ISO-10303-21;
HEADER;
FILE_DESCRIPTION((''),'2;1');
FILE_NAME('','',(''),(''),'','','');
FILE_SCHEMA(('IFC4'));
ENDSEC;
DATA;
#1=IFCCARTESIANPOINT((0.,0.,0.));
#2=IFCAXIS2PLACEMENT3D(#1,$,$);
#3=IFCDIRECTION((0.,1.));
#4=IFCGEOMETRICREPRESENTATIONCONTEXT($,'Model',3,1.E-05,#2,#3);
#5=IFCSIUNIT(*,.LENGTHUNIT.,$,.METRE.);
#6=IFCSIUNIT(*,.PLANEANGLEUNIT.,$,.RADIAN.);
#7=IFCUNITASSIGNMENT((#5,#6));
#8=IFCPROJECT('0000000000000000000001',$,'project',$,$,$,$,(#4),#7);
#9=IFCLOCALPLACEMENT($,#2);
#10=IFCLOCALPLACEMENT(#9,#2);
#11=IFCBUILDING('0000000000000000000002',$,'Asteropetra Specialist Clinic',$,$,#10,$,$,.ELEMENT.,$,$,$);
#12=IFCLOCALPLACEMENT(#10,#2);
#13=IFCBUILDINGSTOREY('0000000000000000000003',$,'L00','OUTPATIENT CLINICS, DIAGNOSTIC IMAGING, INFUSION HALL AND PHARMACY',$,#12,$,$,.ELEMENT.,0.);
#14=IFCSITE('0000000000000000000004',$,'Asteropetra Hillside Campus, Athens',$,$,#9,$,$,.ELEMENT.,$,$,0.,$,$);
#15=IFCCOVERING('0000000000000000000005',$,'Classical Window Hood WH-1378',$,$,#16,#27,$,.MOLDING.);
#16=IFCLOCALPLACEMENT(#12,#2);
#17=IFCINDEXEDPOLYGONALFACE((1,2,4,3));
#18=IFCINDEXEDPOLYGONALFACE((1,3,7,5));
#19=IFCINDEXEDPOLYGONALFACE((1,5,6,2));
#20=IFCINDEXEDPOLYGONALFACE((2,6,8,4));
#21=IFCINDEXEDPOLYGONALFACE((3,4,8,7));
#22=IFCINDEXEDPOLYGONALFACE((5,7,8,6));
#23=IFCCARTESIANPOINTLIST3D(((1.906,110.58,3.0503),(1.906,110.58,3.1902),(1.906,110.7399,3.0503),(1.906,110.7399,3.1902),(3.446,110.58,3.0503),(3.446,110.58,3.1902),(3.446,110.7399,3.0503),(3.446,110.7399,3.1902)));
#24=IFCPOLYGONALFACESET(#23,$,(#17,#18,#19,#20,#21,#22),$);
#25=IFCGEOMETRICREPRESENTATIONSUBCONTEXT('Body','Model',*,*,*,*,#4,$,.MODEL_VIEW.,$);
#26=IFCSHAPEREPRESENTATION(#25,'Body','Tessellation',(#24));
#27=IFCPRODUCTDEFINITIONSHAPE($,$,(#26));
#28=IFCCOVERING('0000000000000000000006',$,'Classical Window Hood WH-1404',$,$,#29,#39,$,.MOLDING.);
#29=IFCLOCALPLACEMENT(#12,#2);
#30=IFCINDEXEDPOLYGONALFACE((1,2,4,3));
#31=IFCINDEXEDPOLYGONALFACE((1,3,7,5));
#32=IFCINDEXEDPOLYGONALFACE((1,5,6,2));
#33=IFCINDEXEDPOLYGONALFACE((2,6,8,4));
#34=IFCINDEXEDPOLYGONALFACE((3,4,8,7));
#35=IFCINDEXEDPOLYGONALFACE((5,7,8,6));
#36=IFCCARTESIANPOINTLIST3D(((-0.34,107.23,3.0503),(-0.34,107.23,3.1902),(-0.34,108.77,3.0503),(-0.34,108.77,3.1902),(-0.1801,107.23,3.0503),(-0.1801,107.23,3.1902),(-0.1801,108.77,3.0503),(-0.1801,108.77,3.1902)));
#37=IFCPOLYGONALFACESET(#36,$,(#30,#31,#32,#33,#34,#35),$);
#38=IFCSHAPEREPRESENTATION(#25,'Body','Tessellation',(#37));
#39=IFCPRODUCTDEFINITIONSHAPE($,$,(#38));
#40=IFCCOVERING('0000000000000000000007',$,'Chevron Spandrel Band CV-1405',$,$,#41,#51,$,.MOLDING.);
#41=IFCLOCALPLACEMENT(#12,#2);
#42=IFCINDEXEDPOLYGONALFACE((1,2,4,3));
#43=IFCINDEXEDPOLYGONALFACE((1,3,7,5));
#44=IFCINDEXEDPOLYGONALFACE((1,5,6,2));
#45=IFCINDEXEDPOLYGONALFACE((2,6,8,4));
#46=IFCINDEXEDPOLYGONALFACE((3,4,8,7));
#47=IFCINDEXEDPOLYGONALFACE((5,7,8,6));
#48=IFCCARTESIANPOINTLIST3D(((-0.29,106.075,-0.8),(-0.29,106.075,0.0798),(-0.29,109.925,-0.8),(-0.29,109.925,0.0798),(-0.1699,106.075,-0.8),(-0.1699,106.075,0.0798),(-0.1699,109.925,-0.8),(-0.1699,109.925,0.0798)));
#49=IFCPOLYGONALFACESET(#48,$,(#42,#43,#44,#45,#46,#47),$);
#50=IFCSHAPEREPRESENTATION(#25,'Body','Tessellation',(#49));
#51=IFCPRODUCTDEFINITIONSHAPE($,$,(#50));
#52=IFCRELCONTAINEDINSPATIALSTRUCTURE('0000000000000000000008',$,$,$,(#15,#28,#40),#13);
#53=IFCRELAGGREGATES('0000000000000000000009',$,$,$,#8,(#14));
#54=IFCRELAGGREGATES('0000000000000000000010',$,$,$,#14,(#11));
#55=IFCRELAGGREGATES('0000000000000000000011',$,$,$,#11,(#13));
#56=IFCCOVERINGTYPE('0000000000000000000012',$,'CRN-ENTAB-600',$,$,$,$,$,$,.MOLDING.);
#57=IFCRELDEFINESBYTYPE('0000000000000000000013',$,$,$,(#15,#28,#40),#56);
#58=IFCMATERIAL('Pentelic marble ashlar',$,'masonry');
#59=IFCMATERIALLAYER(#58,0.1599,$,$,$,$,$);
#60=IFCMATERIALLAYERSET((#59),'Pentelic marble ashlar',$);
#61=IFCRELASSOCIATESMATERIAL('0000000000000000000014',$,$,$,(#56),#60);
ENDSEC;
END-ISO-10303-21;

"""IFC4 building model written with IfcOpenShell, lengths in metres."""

from ifc_helpers import new_model, si_unit, direction, frame, origin, origin_2d, place, context, subcontext, project, spatial, rectangle, extrude, material, layer, layer_set, type_object, element, save


model = new_model("IFC4")

# Units and contexts
model_context = context("Model", 3, precision=1e-05, world=origin(), true_north=direction((0.0, 1.0)))
body_context = subcontext(model_context, "Body", "Model", "MODEL_VIEW")
ifc_project = project(units=[si_unit("LENGTHUNIT", "METRE"), si_unit("PLANEANGLEUNIT", "RADIAN")], contexts=[model_context])

# Site, building, storey
site_placement = place(None, origin())
site = spatial("IfcSite", under=ifc_project, at=site_placement, Name="Asteropetra Hillside Campus, Athens", CompositionType="ELEMENT", RefElevation=0.0)
building_placement = place(site_placement, origin())
building = spatial("IfcBuilding", under=site, at=building_placement, Name="Asteropetra Specialist Clinic", CompositionType="ELEMENT")
storey_placement = place(building_placement, origin())
storey = spatial("IfcBuildingStorey", under=building, at=storey_placement, Name="L00", Description="OUTPATIENT CLINICS, DIAGNOSTIC IMAGING, INFUSION HALL AND PHARMACY", CompositionType="ELEMENT", Elevation=0.0)

# Coverings
ifc_material_1 = material(Name="Pentelic marble ashlar", Category="masonry")
ifc_layer_1 = layer(ifc_material_1, 0.1599)
ifc_layer_set_1 = layer_set([ifc_layer_1], Name="Pentelic marble ashlar")
covering_type = type_object("IfcCoveringType", Name="CRN-ENTAB-600", PredefinedType="MOLDING", material=ifc_layer_set_1)
covering_1_placement = place(storey_placement, frame((2.676, 110.6599, 3.0503), z_axis=(0.0, 0.0, 1.0), x_axis=(1.0, 0.0, 0.0)))
element("IfcCovering", 1, at=covering_1_placement, inside=storey, type_object=covering_type, Name="Classical Window Hood WH-1378", PredefinedType="MOLDING", context=body_context, shape_type="SweptSolid", body=[
    extrude(rectangle(XDim=1.54, YDim=0.1599, at=origin_2d()), origin(), (0.0, 0.0, 1.0), 0.1399),
])
covering_2_placement = place(storey_placement, frame((-0.26, 108.0, 3.0503), z_axis=(0.0, 0.0, 1.0), x_axis=(1.0, 0.0, 0.0)))
element("IfcCovering", 2, at=covering_2_placement, inside=storey, type_object=covering_type, Name="Classical Window Hood WH-1404", PredefinedType="MOLDING", context=body_context, shape_type="SweptSolid", body=[
    extrude(rectangle(XDim=0.1599, YDim=1.54, at=origin_2d()), origin(), (0.0, 0.0, 1.0), 0.1399),
])
covering_3_placement = place(storey_placement, frame((-0.23, 108.0, -0.8), z_axis=(0.0, 0.0, 1.0), x_axis=(1.0, 0.0, 0.0)))
element("IfcCovering", 3, at=covering_3_placement, inside=storey, type_object=covering_type, Name="Chevron Spandrel Band CV-1405", PredefinedType="MOLDING", context=body_context, shape_type="SweptSolid", body=[
    extrude(rectangle(XDim=0.1201, YDim=3.8501, at=origin_2d()), origin(), (0.0, 0.0, 1.0), 0.8799),
])

save(model, "model.ifc")
